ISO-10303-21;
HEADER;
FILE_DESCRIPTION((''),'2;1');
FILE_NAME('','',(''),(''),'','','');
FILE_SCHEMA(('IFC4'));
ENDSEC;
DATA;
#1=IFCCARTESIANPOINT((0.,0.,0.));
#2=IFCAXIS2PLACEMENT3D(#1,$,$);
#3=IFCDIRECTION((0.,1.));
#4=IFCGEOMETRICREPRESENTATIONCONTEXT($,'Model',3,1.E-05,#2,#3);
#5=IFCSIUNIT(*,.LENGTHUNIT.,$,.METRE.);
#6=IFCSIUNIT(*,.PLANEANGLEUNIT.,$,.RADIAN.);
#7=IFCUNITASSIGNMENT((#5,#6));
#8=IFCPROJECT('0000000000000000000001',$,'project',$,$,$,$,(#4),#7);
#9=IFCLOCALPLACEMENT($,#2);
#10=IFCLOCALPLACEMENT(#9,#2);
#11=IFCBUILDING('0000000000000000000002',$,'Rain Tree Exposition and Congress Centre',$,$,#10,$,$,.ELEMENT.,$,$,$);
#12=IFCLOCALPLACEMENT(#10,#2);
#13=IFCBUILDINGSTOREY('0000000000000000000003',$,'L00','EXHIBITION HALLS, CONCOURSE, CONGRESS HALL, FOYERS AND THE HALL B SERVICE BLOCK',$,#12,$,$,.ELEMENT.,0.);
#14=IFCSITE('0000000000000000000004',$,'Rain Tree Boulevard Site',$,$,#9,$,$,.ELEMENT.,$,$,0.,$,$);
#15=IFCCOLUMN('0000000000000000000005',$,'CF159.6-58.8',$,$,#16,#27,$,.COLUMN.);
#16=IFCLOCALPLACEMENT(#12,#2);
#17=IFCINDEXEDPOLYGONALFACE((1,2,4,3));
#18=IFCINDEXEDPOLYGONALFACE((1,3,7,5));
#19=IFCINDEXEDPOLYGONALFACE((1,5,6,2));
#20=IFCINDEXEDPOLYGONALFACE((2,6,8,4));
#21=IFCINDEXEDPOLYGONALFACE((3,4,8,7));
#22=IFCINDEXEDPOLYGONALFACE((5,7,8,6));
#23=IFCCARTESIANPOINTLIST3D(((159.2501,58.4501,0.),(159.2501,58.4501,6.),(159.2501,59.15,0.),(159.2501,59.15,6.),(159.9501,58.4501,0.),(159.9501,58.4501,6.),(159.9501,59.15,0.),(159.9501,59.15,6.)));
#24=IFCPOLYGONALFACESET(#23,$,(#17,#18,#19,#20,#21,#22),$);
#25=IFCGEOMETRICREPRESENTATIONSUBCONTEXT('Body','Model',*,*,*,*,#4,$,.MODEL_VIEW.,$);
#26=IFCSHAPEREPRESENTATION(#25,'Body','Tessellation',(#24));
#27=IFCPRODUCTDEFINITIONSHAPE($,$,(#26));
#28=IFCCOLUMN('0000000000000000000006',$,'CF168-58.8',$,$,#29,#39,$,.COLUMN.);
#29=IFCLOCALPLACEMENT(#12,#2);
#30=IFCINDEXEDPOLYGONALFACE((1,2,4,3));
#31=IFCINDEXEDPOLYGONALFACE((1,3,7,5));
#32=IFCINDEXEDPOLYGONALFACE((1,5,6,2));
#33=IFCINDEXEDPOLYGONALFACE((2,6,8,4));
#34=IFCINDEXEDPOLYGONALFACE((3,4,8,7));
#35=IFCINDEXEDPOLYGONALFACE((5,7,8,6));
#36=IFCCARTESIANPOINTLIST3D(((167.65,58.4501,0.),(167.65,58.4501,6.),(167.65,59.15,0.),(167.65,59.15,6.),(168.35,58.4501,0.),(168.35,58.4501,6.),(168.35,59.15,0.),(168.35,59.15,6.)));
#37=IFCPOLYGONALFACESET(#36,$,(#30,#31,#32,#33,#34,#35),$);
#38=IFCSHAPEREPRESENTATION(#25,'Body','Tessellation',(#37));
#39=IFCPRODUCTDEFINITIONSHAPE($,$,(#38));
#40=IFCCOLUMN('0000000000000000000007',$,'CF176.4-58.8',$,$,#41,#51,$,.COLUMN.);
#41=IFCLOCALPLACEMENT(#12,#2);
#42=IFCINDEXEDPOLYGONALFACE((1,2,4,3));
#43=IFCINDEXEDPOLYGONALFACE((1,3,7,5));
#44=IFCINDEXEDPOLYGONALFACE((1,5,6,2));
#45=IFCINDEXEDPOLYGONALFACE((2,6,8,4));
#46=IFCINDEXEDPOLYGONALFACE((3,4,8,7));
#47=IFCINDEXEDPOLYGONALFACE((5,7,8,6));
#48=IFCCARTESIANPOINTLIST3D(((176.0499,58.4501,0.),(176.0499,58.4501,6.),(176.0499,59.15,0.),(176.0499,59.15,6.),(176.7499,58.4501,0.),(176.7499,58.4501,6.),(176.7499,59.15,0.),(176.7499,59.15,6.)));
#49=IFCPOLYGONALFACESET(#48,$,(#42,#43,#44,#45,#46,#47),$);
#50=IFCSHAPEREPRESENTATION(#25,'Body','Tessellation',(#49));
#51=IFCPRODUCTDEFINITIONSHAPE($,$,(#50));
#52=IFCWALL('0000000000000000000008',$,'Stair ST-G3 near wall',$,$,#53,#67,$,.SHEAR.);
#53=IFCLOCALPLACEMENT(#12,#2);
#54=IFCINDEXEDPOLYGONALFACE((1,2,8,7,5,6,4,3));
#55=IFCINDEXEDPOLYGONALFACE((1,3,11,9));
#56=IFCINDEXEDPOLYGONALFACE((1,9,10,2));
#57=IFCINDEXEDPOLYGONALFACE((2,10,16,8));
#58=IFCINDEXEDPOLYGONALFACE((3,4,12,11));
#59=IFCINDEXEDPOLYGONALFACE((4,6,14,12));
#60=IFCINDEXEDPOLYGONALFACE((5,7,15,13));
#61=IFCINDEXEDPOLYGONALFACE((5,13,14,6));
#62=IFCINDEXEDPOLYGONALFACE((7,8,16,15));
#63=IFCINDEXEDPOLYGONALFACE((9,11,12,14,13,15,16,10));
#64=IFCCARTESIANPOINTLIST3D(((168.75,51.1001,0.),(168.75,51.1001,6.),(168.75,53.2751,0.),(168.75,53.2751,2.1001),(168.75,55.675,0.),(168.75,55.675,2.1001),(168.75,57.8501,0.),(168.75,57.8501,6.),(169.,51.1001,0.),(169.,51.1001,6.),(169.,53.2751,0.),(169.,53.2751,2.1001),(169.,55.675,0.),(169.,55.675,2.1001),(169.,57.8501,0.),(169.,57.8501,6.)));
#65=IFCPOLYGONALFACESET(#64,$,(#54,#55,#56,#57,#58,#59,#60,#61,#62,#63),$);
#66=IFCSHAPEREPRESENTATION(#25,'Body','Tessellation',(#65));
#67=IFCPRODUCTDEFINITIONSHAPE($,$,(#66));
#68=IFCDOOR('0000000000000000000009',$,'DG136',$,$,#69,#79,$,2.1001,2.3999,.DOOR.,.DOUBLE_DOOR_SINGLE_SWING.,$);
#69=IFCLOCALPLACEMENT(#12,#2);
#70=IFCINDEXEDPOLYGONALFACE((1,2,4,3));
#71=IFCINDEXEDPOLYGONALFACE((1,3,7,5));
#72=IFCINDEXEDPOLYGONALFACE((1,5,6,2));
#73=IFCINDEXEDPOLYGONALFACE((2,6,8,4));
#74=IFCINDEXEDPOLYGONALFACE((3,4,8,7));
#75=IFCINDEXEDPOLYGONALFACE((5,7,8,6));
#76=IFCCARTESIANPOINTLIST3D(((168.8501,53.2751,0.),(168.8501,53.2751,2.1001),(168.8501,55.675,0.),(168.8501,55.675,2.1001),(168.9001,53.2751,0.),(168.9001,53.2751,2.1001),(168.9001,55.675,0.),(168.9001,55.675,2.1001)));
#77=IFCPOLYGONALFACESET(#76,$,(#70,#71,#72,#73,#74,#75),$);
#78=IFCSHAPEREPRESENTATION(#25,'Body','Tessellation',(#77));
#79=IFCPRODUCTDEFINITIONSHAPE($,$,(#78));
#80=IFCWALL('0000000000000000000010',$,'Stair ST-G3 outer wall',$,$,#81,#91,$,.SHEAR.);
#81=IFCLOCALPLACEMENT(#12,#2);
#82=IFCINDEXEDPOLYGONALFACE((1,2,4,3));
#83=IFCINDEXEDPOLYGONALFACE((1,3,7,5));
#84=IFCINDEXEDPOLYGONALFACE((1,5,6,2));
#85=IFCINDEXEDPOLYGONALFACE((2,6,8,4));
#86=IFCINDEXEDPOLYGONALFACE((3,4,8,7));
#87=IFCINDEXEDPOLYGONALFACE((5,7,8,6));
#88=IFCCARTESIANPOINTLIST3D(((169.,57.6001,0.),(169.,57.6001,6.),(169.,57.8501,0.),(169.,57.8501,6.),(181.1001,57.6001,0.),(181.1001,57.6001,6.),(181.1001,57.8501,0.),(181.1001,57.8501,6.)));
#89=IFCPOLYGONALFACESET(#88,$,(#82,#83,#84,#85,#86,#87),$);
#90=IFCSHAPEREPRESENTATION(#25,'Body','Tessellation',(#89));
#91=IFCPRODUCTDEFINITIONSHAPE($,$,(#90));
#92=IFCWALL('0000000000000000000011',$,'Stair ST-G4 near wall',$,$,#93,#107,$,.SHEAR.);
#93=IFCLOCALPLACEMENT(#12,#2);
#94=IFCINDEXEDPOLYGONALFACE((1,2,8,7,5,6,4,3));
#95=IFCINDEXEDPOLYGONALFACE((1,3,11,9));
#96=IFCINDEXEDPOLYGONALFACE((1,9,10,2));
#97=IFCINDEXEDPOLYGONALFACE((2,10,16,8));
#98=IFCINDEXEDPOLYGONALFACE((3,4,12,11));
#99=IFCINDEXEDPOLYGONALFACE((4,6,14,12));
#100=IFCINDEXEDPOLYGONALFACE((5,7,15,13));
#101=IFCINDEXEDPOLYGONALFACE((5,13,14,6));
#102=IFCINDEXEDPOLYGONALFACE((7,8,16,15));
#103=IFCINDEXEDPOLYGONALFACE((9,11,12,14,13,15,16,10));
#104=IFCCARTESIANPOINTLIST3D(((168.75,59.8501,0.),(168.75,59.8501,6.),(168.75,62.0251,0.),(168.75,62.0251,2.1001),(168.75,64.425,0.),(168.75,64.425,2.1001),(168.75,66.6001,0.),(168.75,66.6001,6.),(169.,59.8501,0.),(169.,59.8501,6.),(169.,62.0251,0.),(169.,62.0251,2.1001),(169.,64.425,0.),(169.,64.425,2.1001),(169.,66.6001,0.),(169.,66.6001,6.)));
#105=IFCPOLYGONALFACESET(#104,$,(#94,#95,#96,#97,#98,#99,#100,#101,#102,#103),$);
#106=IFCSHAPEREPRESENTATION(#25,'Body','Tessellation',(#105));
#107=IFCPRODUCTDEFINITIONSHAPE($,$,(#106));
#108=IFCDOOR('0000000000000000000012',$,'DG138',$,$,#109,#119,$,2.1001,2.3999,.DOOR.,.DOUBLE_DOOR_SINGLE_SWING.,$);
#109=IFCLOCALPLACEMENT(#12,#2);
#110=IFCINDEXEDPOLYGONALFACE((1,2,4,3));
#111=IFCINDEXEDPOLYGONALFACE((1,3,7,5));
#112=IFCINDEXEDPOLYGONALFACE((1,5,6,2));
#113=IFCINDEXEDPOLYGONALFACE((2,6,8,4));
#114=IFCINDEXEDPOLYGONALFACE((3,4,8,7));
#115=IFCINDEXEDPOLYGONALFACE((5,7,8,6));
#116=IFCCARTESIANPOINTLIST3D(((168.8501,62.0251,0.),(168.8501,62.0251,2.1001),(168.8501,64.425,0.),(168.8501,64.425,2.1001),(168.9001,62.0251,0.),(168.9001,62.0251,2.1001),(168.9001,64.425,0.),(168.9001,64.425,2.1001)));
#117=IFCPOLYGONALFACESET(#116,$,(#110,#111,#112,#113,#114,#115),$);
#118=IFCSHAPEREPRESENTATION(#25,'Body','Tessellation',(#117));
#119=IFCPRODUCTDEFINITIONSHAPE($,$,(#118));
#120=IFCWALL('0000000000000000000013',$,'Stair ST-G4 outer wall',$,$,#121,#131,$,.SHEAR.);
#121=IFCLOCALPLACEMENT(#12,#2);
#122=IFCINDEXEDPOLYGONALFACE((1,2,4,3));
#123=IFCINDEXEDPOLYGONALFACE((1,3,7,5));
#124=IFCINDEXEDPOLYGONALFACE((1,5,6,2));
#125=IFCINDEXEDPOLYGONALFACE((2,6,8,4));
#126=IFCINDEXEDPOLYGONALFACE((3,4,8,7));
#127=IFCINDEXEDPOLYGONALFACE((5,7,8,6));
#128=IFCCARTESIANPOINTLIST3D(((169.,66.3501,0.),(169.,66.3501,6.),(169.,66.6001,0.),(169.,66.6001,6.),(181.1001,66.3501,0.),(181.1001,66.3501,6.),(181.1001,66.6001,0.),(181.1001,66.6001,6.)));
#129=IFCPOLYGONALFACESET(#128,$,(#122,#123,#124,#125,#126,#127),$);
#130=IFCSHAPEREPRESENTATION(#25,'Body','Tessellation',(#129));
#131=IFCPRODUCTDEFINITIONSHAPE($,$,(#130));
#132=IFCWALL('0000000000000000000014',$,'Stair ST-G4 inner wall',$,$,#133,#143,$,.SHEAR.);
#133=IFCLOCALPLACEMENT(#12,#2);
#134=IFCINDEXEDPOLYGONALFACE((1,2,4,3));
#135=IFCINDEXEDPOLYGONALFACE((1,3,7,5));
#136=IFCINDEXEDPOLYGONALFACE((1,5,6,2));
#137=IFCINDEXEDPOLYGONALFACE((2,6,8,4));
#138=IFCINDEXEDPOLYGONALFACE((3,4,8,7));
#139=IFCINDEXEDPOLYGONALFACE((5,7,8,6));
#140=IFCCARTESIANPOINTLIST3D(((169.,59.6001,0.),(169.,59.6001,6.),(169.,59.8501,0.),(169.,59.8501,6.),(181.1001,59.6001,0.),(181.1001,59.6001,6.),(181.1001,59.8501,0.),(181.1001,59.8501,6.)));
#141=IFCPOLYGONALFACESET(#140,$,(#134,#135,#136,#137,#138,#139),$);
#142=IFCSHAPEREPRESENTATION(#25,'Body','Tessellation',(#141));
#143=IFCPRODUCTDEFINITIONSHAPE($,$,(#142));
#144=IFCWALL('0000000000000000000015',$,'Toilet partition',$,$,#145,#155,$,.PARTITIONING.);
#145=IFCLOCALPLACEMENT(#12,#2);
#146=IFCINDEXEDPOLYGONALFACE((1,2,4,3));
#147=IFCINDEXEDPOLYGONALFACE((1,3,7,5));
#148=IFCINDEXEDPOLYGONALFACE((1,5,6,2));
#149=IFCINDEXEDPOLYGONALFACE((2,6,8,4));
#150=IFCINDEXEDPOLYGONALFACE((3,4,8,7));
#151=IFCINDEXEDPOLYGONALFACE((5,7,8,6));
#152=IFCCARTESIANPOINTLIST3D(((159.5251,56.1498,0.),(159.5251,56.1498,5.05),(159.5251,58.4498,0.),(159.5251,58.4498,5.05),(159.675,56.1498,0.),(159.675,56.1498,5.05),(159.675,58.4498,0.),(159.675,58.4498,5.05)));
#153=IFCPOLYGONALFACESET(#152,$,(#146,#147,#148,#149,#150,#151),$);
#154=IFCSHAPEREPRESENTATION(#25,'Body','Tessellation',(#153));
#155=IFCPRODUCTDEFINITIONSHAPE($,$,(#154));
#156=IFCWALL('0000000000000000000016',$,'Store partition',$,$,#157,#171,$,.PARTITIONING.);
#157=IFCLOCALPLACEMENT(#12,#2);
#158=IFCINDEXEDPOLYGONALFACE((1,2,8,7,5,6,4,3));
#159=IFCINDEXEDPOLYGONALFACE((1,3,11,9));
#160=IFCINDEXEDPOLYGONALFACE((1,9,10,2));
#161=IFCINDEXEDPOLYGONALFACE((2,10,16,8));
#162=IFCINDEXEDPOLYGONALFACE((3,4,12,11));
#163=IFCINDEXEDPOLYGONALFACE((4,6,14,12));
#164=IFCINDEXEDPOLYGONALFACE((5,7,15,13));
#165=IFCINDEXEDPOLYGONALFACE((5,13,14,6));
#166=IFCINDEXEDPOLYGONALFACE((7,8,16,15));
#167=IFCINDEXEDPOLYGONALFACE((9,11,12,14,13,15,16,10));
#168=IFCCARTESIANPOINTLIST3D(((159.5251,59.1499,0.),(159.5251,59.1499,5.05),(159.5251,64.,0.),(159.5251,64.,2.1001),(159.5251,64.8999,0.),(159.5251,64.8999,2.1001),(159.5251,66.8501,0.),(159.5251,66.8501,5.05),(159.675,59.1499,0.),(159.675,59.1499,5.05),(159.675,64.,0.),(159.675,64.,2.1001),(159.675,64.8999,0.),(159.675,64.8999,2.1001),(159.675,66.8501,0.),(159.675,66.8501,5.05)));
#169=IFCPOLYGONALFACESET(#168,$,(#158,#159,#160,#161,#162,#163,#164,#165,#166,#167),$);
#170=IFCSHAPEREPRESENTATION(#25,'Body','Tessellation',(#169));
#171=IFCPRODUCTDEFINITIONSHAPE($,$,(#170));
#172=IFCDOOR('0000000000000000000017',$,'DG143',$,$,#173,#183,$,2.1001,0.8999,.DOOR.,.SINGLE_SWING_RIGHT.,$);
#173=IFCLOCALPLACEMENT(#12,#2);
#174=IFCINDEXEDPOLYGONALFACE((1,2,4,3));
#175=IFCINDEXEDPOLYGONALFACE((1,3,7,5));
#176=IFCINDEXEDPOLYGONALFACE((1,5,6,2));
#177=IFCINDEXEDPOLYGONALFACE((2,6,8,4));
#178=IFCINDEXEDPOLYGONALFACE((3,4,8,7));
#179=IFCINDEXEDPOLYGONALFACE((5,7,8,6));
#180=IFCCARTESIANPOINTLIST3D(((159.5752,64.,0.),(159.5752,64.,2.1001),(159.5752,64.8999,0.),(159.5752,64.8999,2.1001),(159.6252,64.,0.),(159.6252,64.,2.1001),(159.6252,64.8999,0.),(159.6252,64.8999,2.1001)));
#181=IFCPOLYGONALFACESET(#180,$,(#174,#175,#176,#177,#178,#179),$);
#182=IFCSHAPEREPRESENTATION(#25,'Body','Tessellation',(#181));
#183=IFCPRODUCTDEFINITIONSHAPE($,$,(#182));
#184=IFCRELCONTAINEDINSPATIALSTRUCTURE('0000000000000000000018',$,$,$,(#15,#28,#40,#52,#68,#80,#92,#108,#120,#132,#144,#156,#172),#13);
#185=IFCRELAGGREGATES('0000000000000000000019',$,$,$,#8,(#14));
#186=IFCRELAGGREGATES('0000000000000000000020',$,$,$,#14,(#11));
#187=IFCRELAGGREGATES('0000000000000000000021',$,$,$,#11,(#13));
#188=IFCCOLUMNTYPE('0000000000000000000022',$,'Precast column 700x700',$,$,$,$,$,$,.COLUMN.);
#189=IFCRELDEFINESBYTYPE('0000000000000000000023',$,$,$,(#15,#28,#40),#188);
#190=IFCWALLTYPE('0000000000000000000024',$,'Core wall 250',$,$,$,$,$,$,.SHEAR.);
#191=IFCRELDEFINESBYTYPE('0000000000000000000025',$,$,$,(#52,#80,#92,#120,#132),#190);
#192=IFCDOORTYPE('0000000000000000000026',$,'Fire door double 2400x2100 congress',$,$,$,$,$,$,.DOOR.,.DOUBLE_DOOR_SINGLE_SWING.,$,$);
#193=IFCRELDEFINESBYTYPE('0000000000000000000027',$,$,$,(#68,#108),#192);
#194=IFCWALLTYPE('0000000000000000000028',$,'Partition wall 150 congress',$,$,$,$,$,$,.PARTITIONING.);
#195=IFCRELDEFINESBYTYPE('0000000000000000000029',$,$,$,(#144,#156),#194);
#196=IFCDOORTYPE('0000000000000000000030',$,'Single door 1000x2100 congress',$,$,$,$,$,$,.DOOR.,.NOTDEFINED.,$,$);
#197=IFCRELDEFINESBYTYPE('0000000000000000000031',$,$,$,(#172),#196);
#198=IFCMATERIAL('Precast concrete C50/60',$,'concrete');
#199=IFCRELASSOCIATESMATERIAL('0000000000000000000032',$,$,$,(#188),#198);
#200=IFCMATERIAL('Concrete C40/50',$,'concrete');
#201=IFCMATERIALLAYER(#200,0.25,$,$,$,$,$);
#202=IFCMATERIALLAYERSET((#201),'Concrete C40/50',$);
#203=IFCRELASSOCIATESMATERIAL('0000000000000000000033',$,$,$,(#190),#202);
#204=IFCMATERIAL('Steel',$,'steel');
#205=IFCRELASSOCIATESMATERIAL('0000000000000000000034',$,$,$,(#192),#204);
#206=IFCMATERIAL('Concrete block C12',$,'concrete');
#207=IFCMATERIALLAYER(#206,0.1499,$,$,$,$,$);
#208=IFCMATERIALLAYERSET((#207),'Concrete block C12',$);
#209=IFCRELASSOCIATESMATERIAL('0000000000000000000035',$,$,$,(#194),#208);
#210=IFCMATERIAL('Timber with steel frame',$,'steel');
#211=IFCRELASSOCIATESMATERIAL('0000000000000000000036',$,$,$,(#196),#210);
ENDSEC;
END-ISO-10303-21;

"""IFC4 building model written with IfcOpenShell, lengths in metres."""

from ifc_helpers import new_model, si_unit, direction, frame, frame_2d, origin, origin_2d, place, context, subcontext, project, spatial, rectangle, extrude, material, layer, layer_set, material_profile, profile_set, type_object, element, fill, save


model = new_model("IFC4")

# Units and contexts
model_context = context("Model", 3, precision=1e-05, world=origin(), true_north=direction((0.0, 1.0)))
body_context = subcontext(model_context, "Body", "Model", "MODEL_VIEW")
ifc_project = project(units=[si_unit("LENGTHUNIT", "METRE"), si_unit("PLANEANGLEUNIT", "RADIAN")], contexts=[model_context])

# Site, building, storey
site_placement = place(None, origin())
site = spatial("IfcSite", under=ifc_project, at=site_placement, Name="Rain Tree Boulevard Site", CompositionType="ELEMENT", RefElevation=0.0)
building_placement = place(site_placement, origin())
building = spatial("IfcBuilding", under=site, at=building_placement, Name="Rain Tree Exposition and Congress Centre", CompositionType="ELEMENT")
storey_placement = place(building_placement, origin())
storey = spatial("IfcBuildingStorey", under=building, at=storey_placement, Name="L00", Description="EXHIBITION HALLS, CONCOURSE, CONGRESS HALL, FOYERS AND THE HALL B SERVICE BLOCK", CompositionType="ELEMENT", Elevation=0.0)

# Columns
ifc_material_1 = material(Name="Precast concrete C50/60", Category="concrete")
ifc_material_profile = material_profile(ifc_material_1, rectangle(XDim=0.7, YDim=0.7, at=origin_2d()), Name="RC 700x700")
ifc_profile_set = profile_set([ifc_material_profile], Name="Precast concrete C50/60")
column_type = type_object("IfcColumnType", Name="Precast column 700x700", PredefinedType="COLUMN", material=ifc_profile_set)
for number, where, z_axis, x_axis, name in (
    (1, (159.6001, 58.8, 0.0), (0.0, 0.0, 1.0), (1.0, 0.0, 0.0), "CF159.6-58.8"),
    (2, (168.0, 58.8, 0.0), (0.0, 0.0, 1.0), (1.0, 0.0, 0.0), "CF168-58.8"),
    (3, (176.3999, 58.8, 0.0), (0.0, 0.0, 1.0), (1.0, 0.0, 0.0), "CF176.4-58.8"),
):
    element("IfcColumn", number, at=place(storey_placement, frame(where, z_axis=z_axis, x_axis=x_axis)), inside=storey, type_object=column_type, Name=name, PredefinedType="COLUMN", context=body_context, shape_type="SweptSolid", body=[
        extrude(rectangle(XDim=0.7, YDim=0.7, at=origin_2d()), origin(), (0.0, 0.0, 1.0), 6.0),
    ])

# Wall, opening, door
ifc_material_2 = material(Name="Concrete C40/50", Category="concrete")
ifc_layer_1 = layer(ifc_material_2, 0.25)
ifc_layer_set_1 = layer_set([ifc_layer_1], Name="Concrete C40/50")
wall_type_1 = type_object("IfcWallType", Name="Core wall 250", PredefinedType="SHEAR", material=ifc_layer_set_1)
wall_1_placement = place(storey_placement, frame((168.875, 51.1001, 0.0), z_axis=(0.0, 0.0, 1.0), x_axis=(0.0, 1.0, 0.0)))
wall_1 = element("IfcWall", 4, at=wall_1_placement, inside=storey, type_object=wall_type_1, Name="Stair ST-G3 near wall", PredefinedType="SHEAR", context=body_context, shape_type="SweptSolid", body=[
    extrude(rectangle(XDim=6.75, YDim=0.25, at=frame_2d((3.375, 0.0))), origin(), (0.0, 0.0, 1.0), 6.0),
])
opening_1_placement = place(wall_1_placement, frame((2.175, 0.0, 0.0)))
opening_1 = element("IfcOpeningElement", 5, at=opening_1_placement, cuts=wall_1, PredefinedType="OPENING", context=body_context, shape_type="SweptSolid", body=[
    extrude(rectangle(XDim=2.3999, YDim=2.1001, at=frame_2d((1.2, 1.05))), frame((0.0, 0.125, 0.0), z_axis=(0.0, -1.0, 0.0), x_axis=(1.0, 0.0, 0.0)), (0.0, 0.0, 1.0), 0.25),
])
ifc_material_3 = material(Name="Steel", Category="steel")
door_type_1 = type_object("IfcDoorType", Name="Fire door double 2400x2100 congress", OperationType="DOUBLE_DOOR_SINGLE_SWING", PredefinedType="DOOR", material=ifc_material_3)
door_1_placement = place(opening_1_placement, origin())
door_1 = element("IfcDoor", 6, at=door_1_placement, inside=storey, type_object=door_type_1, Name="DG136", OperationType="DOUBLE_DOOR_SINGLE_SWING", OverallHeight=2.1001, OverallWidth=2.3999, PredefinedType="DOOR", context=body_context, shape_type="SweptSolid", body=[
    extrude(rectangle(XDim=2.3999, YDim=2.1001, at=frame_2d((1.2, 1.05))), frame((0.0, 0.0249, 0.0), z_axis=(0.0, -1.0, 0.0), x_axis=(1.0, 0.0, 0.0)), (0.0, 0.0, 1.0), 0.05),
])
fill(opening_1, door_1)

# Wall
wall_2_placement = place(storey_placement, frame((169.0, 57.7251, 0.0), z_axis=(0.0, 0.0, 1.0), x_axis=(1.0, 0.0, 0.0)))
element("IfcWall", 7, at=wall_2_placement, inside=storey, type_object=wall_type_1, Name="Stair ST-G3 outer wall", PredefinedType="SHEAR", context=body_context, shape_type="SweptSolid", body=[
    extrude(rectangle(XDim=12.1001, YDim=0.25, at=frame_2d((6.05, 0.0))), origin(), (0.0, 0.0, 1.0), 6.0),
])

# Wall, opening, door
wall_3_placement = place(storey_placement, frame((168.875, 59.8501, 0.0), z_axis=(0.0, 0.0, 1.0), x_axis=(0.0, 1.0, 0.0)))
wall_3 = element("IfcWall", 8, at=wall_3_placement, inside=storey, type_object=wall_type_1, Name="Stair ST-G4 near wall", PredefinedType="SHEAR", context=body_context, shape_type="SweptSolid", body=[
    extrude(rectangle(XDim=6.75, YDim=0.25, at=frame_2d((3.375, 0.0))), origin(), (0.0, 0.0, 1.0), 6.0),
])
opening_2_placement = place(wall_3_placement, frame((2.175, 0.0, 0.0)))
opening_2 = element("IfcOpeningElement", 9, at=opening_2_placement, cuts=wall_3, PredefinedType="OPENING", context=body_context, shape_type="SweptSolid", body=[
    extrude(rectangle(XDim=2.3999, YDim=2.1001, at=frame_2d((1.2, 1.05))), frame((0.0, 0.125, 0.0), z_axis=(0.0, -1.0, 0.0), x_axis=(1.0, 0.0, 0.0)), (0.0, 0.0, 1.0), 0.25),
])
door_2_placement = place(opening_2_placement, origin())
door_2 = element("IfcDoor", 10, at=door_2_placement, inside=storey, type_object=door_type_1, Name="DG138", OperationType="DOUBLE_DOOR_SINGLE_SWING", OverallHeight=2.1001, OverallWidth=2.3999, PredefinedType="DOOR", context=body_context, shape_type="SweptSolid", body=[
    extrude(rectangle(XDim=2.3999, YDim=2.1001, at=frame_2d((1.2, 1.05))), frame((0.0, 0.0249, 0.0), z_axis=(0.0, -1.0, 0.0), x_axis=(1.0, 0.0, 0.0)), (0.0, 0.0, 1.0), 0.05),
])
fill(opening_2, door_2)

# Walls
for number, where, z_axis, x_axis, name in (
    (11, (169.0, 66.4751, 0.0), (0.0, 0.0, 1.0), (1.0, 0.0, 0.0), "Stair ST-G4 outer wall"),
    (12, (169.0, 59.7251, 0.0), (0.0, 0.0, 1.0), (1.0, 0.0, 0.0), "Stair ST-G4 inner wall"),
):
    element("IfcWall", number, at=place(storey_placement, frame(where, z_axis=z_axis, x_axis=x_axis)), inside=storey, type_object=wall_type_1, Name=name, PredefinedType="SHEAR", context=body_context, shape_type="SweptSolid", body=[
        extrude(rectangle(XDim=12.1001, YDim=0.25, at=frame_2d((6.05, 0.0))), origin(), (0.0, 0.0, 1.0), 6.0),
    ])
ifc_material_4 = material(Name="Concrete block C12", Category="concrete")
ifc_layer_2 = layer(ifc_material_4, 0.1499)
ifc_layer_set_2 = layer_set([ifc_layer_2], Name="Concrete block C12")
wall_type_2 = type_object("IfcWallType", Name="Partition wall 150 congress", PredefinedType="PARTITIONING", material=ifc_layer_set_2)
wall_4_placement = place(storey_placement, frame((159.6001, 56.1499, 0.0), z_axis=(0.0, 0.0, 1.0), x_axis=(0.0, 1.0, 0.0)))
element("IfcWall", 13, at=wall_4_placement, inside=storey, type_object=wall_type_2, Name="Toilet partition", PredefinedType="PARTITIONING", context=body_context, shape_type="SweptSolid", body=[
    extrude(rectangle(XDim=2.3, YDim=0.1499, at=frame_2d((1.1499, 0.0))), origin(), (0.0, 0.0, 1.0), 5.05),
])

# Wall, opening, door
wall_5_placement = place(storey_placement, frame((159.6001, 59.1499, 0.0), z_axis=(0.0, 0.0, 1.0), x_axis=(0.0, 1.0, 0.0)))
wall_5 = element("IfcWall", 14, at=wall_5_placement, inside=storey, type_object=wall_type_2, Name="Store partition", PredefinedType="PARTITIONING", context=body_context, shape_type="SweptSolid", body=[
    extrude(rectangle(XDim=7.7002, YDim=0.1499, at=frame_2d((3.8501, 0.0))), origin(), (0.0, 0.0, 1.0), 5.05),
])
opening_3_placement = place(wall_5_placement, frame((4.8501, 0.0, 0.0)))
opening_3 = element("IfcOpeningElement", 15, at=opening_3_placement, cuts=wall_5, PredefinedType="OPENING", context=body_context, shape_type="SweptSolid", body=[
    extrude(rectangle(XDim=0.8999, YDim=2.1001, at=frame_2d((0.45, 1.05))), frame((0.0, 0.075, 0.0), z_axis=(0.0, -1.0, 0.0), x_axis=(1.0, 0.0, 0.0)), (0.0, 0.0, 1.0), 0.1499),
])
ifc_material_5 = material(Name="Timber with steel frame", Category="steel")
door_type_2 = type_object("IfcDoorType", Name="Single door 1000x2100 congress", OperationType="NOTDEFINED", PredefinedType="DOOR", material=ifc_material_5)
door_3_placement = place(opening_3_placement, origin())
door_3 = element("IfcDoor", 16, at=door_3_placement, inside=storey, type_object=door_type_2, Name="DG143", OperationType="SINGLE_SWING_RIGHT", OverallHeight=2.1001, OverallWidth=0.8999, PredefinedType="DOOR", context=body_context, shape_type="SweptSolid", body=[
    extrude(rectangle(XDim=0.8999, YDim=2.1001, at=frame_2d((0.45, 1.05))), frame((0.0, 0.0249, 0.0), z_axis=(0.0, -1.0, 0.0), x_axis=(1.0, 0.0, 0.0)), (0.0, 0.0, 1.0), 0.05),
])
fill(opening_3, door_3)

save(model, "model.ifc")
